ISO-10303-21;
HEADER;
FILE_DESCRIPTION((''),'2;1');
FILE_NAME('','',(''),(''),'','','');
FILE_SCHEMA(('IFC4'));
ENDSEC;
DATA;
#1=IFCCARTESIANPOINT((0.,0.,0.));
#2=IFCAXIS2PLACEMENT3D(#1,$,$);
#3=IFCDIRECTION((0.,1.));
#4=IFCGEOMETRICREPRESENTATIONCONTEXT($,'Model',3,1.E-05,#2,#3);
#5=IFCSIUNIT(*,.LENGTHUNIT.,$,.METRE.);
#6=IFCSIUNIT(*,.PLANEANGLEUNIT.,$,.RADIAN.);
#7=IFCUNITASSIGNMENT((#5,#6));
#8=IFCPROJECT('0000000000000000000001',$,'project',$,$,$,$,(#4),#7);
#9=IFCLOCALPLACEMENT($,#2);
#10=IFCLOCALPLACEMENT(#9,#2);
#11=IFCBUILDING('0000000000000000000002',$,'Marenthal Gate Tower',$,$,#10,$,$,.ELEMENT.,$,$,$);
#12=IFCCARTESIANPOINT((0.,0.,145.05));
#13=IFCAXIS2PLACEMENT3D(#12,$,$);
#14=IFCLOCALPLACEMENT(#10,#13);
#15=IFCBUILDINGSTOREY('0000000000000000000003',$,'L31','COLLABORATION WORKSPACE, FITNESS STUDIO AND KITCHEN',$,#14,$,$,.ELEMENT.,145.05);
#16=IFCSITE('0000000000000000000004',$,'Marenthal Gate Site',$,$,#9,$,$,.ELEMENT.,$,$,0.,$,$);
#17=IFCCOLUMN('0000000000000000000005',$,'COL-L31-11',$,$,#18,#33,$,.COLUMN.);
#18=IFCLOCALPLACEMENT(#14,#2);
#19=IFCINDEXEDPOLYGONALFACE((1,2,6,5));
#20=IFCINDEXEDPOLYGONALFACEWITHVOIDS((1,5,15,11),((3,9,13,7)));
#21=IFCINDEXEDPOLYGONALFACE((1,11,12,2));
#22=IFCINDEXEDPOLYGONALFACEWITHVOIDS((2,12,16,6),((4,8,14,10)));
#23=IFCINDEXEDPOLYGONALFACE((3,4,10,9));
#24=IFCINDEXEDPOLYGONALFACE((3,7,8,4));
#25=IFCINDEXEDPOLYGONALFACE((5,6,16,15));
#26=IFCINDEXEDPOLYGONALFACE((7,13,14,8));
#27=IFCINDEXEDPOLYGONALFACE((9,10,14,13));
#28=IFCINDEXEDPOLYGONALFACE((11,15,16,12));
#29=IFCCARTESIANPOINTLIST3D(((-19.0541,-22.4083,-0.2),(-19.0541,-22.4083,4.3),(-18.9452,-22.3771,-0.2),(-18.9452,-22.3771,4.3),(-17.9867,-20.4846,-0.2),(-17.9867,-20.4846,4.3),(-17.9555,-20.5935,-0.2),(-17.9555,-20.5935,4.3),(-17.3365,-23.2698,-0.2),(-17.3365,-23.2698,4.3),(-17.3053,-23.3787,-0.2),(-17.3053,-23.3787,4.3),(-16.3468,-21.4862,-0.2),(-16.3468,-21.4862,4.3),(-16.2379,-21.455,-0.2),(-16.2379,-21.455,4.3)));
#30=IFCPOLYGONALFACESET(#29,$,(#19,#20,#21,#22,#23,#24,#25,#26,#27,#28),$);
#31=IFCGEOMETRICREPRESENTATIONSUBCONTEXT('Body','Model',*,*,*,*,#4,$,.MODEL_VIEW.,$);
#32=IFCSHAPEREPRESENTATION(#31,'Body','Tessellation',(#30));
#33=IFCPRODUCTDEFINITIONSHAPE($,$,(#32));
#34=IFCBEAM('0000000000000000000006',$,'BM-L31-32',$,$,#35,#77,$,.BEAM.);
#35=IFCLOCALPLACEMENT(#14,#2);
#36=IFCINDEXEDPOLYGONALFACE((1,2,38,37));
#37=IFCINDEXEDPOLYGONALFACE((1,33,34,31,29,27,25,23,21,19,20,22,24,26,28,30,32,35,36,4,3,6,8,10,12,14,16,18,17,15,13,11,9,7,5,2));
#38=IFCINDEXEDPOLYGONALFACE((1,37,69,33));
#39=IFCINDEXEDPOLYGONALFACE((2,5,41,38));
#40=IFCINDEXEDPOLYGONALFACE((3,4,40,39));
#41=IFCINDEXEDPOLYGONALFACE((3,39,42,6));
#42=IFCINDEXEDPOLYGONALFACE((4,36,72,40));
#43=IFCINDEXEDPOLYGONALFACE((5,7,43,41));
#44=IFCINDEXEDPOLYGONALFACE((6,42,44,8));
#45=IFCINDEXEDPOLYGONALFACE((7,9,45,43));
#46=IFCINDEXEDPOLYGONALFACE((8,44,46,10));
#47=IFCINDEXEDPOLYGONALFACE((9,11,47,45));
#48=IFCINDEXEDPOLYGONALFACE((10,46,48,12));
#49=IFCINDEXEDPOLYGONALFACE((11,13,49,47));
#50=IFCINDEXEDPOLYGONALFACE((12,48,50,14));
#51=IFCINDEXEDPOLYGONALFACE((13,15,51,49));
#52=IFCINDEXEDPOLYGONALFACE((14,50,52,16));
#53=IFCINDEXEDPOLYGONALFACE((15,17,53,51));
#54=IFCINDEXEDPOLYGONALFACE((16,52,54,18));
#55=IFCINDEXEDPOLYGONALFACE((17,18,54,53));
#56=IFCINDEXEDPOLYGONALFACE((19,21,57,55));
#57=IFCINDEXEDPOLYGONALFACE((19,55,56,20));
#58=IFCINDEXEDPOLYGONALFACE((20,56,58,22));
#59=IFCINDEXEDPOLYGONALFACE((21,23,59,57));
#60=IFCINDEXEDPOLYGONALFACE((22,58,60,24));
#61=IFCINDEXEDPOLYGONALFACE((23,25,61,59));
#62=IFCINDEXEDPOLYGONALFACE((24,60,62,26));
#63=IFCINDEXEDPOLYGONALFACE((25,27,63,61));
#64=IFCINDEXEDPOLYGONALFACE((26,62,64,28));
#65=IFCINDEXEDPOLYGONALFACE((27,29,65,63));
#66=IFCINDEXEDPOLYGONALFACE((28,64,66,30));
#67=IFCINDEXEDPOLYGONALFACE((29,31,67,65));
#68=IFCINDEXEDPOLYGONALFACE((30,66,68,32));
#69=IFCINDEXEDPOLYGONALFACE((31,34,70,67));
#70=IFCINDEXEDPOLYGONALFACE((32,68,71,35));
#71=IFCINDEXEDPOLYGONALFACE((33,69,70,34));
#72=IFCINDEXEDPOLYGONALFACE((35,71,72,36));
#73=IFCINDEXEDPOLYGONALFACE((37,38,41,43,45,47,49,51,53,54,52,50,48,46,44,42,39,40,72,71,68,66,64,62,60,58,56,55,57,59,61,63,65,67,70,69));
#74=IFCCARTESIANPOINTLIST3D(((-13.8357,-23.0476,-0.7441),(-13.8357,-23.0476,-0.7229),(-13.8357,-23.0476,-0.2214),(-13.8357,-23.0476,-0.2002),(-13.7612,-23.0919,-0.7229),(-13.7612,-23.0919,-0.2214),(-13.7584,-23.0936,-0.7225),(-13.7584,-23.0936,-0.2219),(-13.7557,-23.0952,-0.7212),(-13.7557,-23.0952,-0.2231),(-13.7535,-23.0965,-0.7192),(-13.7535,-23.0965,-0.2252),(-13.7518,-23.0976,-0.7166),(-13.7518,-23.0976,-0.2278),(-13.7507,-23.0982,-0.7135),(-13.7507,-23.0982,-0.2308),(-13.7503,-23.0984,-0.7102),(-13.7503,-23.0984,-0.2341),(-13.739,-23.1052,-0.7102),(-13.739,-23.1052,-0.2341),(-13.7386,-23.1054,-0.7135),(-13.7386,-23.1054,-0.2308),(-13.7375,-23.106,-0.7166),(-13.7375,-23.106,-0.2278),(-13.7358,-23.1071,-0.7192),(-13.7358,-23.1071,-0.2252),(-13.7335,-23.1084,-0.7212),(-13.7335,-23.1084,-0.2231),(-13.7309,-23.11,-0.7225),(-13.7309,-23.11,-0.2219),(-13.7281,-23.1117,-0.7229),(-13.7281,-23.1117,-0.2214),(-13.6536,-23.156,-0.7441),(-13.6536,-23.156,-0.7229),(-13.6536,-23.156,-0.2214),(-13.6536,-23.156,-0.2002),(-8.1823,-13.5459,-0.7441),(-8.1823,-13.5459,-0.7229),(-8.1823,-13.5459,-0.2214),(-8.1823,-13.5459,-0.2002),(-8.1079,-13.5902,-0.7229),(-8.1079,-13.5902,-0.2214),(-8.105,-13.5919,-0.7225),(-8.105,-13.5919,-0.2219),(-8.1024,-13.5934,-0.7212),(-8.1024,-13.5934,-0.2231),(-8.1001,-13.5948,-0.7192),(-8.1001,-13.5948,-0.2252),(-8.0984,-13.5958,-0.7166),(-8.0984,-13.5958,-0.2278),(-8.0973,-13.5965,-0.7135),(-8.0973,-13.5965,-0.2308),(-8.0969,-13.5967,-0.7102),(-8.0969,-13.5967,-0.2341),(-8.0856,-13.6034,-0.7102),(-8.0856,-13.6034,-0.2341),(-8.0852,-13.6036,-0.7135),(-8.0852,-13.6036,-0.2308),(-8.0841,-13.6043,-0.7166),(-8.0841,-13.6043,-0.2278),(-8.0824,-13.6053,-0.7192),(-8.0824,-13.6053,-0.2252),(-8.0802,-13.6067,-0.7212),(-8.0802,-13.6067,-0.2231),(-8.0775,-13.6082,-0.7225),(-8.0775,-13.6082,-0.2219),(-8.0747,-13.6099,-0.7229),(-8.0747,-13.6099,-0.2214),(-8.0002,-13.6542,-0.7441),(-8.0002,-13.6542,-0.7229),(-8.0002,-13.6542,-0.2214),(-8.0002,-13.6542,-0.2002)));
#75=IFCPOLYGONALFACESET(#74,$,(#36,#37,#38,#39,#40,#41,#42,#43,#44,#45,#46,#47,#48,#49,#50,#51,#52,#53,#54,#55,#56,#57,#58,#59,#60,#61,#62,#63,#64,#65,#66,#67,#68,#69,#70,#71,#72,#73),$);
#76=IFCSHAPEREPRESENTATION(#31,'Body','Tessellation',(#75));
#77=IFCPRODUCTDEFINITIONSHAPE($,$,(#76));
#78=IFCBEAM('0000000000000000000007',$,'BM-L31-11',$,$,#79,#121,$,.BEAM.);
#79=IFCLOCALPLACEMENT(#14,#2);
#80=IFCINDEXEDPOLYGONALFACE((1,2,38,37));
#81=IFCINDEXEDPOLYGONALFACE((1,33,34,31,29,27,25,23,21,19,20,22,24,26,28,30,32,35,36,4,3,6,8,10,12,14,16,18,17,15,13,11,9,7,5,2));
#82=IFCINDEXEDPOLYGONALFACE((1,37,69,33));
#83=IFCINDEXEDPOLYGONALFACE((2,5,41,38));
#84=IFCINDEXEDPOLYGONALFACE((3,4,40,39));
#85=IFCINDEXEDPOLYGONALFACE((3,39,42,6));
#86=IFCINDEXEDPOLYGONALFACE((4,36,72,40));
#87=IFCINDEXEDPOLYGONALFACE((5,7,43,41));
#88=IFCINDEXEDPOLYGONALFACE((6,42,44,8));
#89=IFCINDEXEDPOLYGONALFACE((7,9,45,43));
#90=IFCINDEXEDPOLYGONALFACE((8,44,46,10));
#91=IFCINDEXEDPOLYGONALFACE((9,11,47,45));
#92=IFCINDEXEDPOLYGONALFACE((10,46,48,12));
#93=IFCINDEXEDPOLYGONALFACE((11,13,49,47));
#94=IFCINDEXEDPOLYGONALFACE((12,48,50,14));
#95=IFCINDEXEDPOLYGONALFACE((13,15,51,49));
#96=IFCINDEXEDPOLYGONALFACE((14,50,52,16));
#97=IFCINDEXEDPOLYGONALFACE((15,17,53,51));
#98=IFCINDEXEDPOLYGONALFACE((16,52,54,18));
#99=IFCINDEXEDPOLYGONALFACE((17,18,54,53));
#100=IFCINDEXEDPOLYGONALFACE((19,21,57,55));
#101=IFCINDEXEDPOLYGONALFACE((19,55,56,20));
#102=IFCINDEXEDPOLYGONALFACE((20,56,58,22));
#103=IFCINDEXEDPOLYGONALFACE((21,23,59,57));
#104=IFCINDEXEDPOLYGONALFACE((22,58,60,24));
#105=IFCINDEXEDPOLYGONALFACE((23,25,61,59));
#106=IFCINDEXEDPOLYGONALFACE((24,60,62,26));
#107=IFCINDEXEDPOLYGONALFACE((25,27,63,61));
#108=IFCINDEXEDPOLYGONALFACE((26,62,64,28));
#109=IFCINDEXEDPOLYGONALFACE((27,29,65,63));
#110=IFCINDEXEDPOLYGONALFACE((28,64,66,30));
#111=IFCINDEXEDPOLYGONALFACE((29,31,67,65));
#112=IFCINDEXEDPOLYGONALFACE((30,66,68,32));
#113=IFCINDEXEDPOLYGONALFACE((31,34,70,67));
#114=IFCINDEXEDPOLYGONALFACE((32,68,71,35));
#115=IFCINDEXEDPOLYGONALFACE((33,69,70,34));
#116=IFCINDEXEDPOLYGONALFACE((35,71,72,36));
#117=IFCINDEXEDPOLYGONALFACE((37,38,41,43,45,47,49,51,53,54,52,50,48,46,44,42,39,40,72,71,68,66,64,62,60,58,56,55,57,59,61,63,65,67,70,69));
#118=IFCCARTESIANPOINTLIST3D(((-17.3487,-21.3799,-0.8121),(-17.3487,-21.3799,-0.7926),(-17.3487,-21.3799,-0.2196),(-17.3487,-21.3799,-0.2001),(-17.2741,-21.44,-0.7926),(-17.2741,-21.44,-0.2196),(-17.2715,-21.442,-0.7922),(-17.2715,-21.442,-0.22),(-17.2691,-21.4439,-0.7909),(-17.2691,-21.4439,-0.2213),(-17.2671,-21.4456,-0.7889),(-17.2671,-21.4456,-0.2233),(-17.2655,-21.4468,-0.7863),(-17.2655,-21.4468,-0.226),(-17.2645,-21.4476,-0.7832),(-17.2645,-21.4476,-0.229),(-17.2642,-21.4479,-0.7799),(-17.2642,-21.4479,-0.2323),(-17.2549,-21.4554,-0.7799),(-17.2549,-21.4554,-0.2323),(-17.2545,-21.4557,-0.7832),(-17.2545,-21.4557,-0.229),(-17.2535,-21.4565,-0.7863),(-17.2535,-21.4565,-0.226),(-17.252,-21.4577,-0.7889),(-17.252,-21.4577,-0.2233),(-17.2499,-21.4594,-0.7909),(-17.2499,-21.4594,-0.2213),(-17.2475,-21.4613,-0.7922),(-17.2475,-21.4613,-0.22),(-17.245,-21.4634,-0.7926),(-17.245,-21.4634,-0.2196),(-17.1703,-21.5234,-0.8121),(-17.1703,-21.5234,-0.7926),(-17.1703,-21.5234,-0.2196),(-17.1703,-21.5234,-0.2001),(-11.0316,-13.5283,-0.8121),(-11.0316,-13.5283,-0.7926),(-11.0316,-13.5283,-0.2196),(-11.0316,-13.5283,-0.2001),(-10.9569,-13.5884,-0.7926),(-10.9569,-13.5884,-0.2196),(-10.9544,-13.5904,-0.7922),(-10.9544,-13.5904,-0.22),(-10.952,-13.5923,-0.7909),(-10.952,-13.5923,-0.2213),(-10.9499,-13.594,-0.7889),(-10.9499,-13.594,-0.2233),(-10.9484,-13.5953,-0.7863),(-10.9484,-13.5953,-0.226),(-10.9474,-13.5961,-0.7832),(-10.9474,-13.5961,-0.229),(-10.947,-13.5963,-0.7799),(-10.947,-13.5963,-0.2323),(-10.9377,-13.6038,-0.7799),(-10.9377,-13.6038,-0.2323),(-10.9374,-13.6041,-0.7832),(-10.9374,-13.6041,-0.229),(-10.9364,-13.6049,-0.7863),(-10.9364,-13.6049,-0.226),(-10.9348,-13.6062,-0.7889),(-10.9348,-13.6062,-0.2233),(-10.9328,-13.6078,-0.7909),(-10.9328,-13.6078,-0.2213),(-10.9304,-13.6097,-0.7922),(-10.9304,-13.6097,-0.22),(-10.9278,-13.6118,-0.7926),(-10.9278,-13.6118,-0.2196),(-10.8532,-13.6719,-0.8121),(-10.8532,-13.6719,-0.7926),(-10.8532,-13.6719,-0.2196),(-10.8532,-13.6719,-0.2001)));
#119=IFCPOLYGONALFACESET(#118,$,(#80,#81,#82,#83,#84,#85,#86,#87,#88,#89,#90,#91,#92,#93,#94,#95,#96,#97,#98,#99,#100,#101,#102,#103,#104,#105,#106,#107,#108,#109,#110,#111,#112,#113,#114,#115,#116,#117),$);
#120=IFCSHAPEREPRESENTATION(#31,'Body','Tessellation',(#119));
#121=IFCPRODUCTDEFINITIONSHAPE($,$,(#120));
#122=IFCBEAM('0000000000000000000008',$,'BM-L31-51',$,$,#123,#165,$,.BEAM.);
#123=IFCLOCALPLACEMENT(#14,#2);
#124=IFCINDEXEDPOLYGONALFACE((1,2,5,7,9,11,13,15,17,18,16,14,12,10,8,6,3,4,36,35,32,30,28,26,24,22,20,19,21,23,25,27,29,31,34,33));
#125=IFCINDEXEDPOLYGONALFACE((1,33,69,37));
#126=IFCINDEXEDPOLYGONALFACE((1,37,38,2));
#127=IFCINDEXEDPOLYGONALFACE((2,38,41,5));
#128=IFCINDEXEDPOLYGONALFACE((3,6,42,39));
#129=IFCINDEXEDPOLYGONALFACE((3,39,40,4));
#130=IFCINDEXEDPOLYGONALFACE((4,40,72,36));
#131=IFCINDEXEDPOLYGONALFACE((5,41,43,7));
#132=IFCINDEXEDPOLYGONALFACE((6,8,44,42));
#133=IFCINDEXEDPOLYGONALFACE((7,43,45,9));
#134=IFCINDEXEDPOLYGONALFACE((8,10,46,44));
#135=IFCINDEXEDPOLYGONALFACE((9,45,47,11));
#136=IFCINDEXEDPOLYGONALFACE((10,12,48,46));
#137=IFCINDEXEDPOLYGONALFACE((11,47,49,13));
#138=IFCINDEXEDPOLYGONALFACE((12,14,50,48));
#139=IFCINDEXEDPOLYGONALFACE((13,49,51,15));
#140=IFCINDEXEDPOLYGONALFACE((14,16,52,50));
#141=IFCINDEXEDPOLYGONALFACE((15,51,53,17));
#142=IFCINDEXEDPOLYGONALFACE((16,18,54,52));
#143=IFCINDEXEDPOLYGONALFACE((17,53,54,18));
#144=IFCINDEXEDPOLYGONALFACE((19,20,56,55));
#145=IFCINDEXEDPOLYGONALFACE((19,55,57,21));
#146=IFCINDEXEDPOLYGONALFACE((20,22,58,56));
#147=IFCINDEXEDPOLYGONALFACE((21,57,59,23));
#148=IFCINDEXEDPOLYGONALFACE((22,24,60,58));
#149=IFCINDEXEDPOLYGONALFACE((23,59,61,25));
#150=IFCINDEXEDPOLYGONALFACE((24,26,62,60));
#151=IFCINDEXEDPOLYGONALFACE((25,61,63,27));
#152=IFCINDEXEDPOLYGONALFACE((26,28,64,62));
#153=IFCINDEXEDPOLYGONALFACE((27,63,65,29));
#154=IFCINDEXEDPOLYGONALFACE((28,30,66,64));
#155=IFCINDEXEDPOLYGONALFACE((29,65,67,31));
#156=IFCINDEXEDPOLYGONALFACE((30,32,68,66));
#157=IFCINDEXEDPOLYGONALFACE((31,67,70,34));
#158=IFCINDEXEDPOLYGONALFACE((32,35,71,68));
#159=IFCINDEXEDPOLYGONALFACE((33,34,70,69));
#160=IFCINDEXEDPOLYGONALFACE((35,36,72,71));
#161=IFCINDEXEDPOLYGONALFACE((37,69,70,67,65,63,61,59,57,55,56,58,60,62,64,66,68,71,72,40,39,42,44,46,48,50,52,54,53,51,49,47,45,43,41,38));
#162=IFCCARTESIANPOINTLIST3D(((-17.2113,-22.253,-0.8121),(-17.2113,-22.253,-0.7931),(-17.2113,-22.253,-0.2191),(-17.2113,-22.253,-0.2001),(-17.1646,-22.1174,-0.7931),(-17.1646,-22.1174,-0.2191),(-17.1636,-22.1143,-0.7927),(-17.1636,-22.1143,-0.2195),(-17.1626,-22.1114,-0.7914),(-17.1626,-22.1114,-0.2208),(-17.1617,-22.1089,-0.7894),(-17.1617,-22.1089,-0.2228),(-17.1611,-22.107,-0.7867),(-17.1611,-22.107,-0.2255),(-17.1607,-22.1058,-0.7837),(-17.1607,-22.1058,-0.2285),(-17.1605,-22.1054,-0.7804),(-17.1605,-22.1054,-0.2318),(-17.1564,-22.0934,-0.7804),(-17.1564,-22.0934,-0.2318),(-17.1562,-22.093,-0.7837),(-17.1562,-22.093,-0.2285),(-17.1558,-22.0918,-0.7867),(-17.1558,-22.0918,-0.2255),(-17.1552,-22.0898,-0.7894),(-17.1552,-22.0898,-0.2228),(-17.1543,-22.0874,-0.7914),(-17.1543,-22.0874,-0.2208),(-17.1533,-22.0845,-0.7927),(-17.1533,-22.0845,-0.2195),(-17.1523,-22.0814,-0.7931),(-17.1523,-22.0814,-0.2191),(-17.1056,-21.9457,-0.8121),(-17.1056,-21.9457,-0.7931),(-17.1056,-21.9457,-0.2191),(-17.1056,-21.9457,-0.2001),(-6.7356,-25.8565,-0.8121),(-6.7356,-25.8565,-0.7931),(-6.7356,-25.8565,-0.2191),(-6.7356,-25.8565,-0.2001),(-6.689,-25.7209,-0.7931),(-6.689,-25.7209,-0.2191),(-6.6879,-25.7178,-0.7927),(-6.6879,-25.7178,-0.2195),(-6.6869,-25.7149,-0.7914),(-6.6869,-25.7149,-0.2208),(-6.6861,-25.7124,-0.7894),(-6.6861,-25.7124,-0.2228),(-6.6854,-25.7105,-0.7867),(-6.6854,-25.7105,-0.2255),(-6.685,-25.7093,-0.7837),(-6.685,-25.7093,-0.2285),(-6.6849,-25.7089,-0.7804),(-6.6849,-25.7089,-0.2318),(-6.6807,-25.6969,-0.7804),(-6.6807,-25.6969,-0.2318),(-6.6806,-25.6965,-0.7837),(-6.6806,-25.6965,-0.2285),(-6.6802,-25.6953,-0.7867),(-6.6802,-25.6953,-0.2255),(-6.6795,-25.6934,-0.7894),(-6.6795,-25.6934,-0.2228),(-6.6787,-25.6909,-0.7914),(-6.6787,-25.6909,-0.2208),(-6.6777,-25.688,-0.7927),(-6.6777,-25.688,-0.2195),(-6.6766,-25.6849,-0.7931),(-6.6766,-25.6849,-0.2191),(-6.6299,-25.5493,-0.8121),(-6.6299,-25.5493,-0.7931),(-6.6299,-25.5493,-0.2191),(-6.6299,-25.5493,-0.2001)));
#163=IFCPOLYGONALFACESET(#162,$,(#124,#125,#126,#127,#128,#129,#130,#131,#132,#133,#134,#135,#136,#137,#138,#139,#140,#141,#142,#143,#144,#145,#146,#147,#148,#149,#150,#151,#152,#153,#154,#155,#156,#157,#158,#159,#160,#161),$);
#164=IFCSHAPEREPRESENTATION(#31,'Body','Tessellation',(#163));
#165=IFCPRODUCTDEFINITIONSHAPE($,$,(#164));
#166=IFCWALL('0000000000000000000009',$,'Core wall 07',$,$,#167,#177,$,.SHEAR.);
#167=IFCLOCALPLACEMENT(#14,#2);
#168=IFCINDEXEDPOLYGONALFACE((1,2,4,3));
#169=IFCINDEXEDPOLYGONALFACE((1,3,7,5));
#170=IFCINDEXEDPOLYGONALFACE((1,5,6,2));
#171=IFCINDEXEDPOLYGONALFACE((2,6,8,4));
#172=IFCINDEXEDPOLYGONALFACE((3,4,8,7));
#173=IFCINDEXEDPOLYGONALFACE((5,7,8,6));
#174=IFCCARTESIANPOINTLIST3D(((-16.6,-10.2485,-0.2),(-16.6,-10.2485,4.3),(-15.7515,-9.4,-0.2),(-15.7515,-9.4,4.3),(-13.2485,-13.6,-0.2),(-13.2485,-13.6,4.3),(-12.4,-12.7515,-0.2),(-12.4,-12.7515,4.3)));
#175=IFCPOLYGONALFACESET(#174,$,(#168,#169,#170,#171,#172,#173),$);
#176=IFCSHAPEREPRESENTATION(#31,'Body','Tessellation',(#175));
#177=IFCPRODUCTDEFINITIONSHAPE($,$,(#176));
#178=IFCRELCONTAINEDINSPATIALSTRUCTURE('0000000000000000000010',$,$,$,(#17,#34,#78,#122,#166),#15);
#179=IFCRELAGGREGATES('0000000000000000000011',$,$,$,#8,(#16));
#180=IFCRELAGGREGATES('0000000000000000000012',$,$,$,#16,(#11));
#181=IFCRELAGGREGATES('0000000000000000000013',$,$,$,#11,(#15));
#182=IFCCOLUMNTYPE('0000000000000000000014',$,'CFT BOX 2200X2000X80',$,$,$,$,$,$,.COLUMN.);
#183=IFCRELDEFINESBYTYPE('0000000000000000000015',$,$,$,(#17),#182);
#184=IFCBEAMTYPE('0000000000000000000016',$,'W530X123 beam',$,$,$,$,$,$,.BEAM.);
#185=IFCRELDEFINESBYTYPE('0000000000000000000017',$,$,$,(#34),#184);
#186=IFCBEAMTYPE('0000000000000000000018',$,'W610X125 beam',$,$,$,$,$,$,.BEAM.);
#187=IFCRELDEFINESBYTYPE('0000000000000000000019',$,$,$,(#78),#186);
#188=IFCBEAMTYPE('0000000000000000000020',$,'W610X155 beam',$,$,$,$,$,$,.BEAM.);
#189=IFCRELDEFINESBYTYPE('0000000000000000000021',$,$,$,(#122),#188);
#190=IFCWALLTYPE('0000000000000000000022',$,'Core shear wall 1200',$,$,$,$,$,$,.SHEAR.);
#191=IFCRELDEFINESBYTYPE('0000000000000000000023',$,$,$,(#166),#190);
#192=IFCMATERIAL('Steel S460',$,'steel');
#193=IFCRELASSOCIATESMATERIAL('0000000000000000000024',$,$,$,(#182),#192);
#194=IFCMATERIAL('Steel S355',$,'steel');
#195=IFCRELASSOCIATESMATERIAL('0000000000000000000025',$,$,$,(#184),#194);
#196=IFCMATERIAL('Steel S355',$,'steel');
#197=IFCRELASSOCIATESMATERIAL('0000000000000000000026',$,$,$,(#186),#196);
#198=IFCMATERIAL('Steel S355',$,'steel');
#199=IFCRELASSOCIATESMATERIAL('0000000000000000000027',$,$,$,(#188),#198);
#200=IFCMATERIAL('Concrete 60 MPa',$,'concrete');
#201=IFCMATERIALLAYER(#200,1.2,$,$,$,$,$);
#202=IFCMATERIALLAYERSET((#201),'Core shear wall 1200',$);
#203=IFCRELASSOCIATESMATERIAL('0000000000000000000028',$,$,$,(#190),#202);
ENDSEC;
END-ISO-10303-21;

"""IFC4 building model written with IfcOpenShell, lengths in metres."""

from ifc_helpers import new_model, si_unit, direction, frame, frame_2d, origin, origin_2d, place, context, subcontext, project, spatial, rectangle, hollow_rectangle, i_section, extrude, material, layer, layer_set, material_profile, profile_set, type_object, element, save


model = new_model("IFC4")

# Units and contexts
model_context = context("Model", 3, precision=1e-05, world=origin(), true_north=direction((0.0, 1.0)))
body_context = subcontext(model_context, "Body", "Model", "MODEL_VIEW")
ifc_project = project(units=[si_unit("LENGTHUNIT", "METRE"), si_unit("PLANEANGLEUNIT", "RADIAN")], contexts=[model_context])

# Site, building, storey
site_placement = place(None, origin())
site = spatial("IfcSite", under=ifc_project, at=site_placement, Name="Marenthal Gate Site", CompositionType="ELEMENT", RefElevation=0.0)
building_placement = place(site_placement, origin())
building = spatial("IfcBuilding", under=site, at=building_placement, Name="Marenthal Gate Tower", CompositionType="ELEMENT")
storey_placement = place(building_placement, frame((0.0, 0.0, 145.05)))
storey = spatial("IfcBuildingStorey", under=building, at=storey_placement, Name="L31", Description="COLLABORATION WORKSPACE, FITNESS STUDIO AND KITCHEN", CompositionType="ELEMENT", Elevation=145.05)

# Column
ifc_material_1 = material(Name="Steel S460", Category="steel")
ifc_material_profile_1 = material_profile(ifc_material_1, hollow_rectangle(XDim=2.0, YDim=2.2, WallThickness=0.0801, at=origin_2d()), Name="CFT BOX 2200X2000X80")
ifc_material_2 = material(Name="Concrete 70 MPa", Category="concrete")
ifc_material_profile_2 = material_profile(ifc_material_2, rectangle(XDim=1.8401, YDim=2.04, at=origin_2d()), Name="CFT BOX 2200X2000X80 INFILL")
ifc_profile_set_1 = profile_set([ifc_material_profile_1, ifc_material_profile_2], Name="Steel S460 shell, Concrete 70 MPa infill")
column_type = type_object("IfcColumnType", Name="CFT BOX 2200X2000X80", PredefinedType="COLUMN", material=ifc_profile_set_1)
column_placement = place(storey_placement, frame((-17.646, -21.9316, -0.2), z_axis=(0.0, 0.0, 1.0), x_axis=(-0.874403, 0.4852, 0.0)))
element("IfcColumn", 1, at=column_placement, inside=storey, type_object=column_type, Name="COL-L31-11", PredefinedType="COLUMN", context=body_context, shape_type="SweptSolid", body=[
    extrude(hollow_rectangle(XDim=2.0, YDim=2.2, WallThickness=0.0801, at=origin_2d()), origin(), (0.0, 0.0, 1.0), 4.5),
])

# Beams
ifc_material_3 = material(Name="Steel S355", Category="steel")
ifc_material_profile_3 = material_profile(ifc_material_3, i_section(OverallWidth=0.2119, OverallDepth=0.5439, WebThickness=0.0132, FlangeThickness=0.0212, FilletRadius=0.0127, at=origin_2d()), Name="W530X123")
ifc_profile_set_2 = profile_set([ifc_material_profile_3], Name="Steel S355")
beam_type_1 = type_object("IfcBeamType", Name="W530X123 beam", PredefinedType="BEAM", material=ifc_profile_set_2)
beam_1_placement = place(storey_placement, frame((-13.7446, -23.1018, -0.4722), z_axis=(0.51132, 0.859391, 0.0), x_axis=(-0.859391, 0.51132, 0.0)))
element("IfcBeam", 2, at=beam_1_placement, inside=storey, type_object=beam_type_1, Name="BM-L31-32", PredefinedType="BEAM", context=body_context, shape_type="SweptSolid", body=[
    extrude(i_section(OverallWidth=0.2119, OverallDepth=0.5439, WebThickness=0.0132, FlangeThickness=0.0212, FilletRadius=0.0127, at=origin_2d()), origin(), (0.0, 0.0, 1.0), 11.0564),
])
ifc_material_4 = material(Name="Steel S355", Category="steel")
ifc_material_profile_4 = material_profile(ifc_material_4, i_section(OverallWidth=0.229, OverallDepth=0.6121, WebThickness=0.012, FlangeThickness=0.0195, FilletRadius=0.0127, at=origin_2d()), Name="W610X125")
ifc_profile_set_3 = profile_set([ifc_material_profile_4], Name="Steel S355")
beam_type_2 = type_object("IfcBeamType", Name="W610X125 beam", PredefinedType="BEAM", material=ifc_profile_set_3)
beam_2_placement = place(storey_placement, frame((-17.2595, -21.4517, -0.5061), z_axis=(0.626864, 0.779129, 0.0), x_axis=(-0.779129, 0.626864, 0.0)))
element("IfcBeam", 3, at=beam_2_placement, inside=storey, type_object=beam_type_2, Name="BM-L31-11", PredefinedType="BEAM", context=body_context, shape_type="SweptSolid", body=[
    extrude(i_section(OverallWidth=0.229, OverallDepth=0.6121, WebThickness=0.012, FlangeThickness=0.0195, FilletRadius=0.0127, at=origin_2d()), origin(), (0.0, 0.0, 1.0), 10.0774),
])
ifc_material_5 = material(Name="Steel S355", Category="steel")
ifc_material_profile_5 = material_profile(ifc_material_5, i_section(OverallWidth=0.325, OverallDepth=0.6121, WebThickness=0.0127, FlangeThickness=0.019, FilletRadius=0.0127, at=origin_2d()), Name="W610X155")
ifc_profile_set_4 = profile_set([ifc_material_profile_5], Name="Steel S355")
beam_type_3 = type_object("IfcBeamType", Name="W610X155 beam", PredefinedType="BEAM", material=ifc_profile_set_4)
beam_3_placement = place(storey_placement, frame((-17.1584, -22.0994, -0.5061), z_axis=(0.945616, -0.325284, 0.0), x_axis=(0.325284, 0.945616, 0.0)))
element("IfcBeam", 4, at=beam_3_placement, inside=storey, type_object=beam_type_3, Name="BM-L31-51", PredefinedType="BEAM", context=body_context, shape_type="SweptSolid", body=[
    extrude(i_section(OverallWidth=0.325, OverallDepth=0.6121, WebThickness=0.0127, FlangeThickness=0.019, FilletRadius=0.0127, at=origin_2d()), origin(), (0.0, 0.0, 1.0), 11.0781),
])

# Wall
ifc_material_6 = material(Name="Concrete 60 MPa", Category="concrete")
ifc_layer_1 = layer(ifc_material_6, 1.2)
ifc_layer_set_1 = layer_set([ifc_layer_1], Name="Core shear wall 1200")
wall_type_1 = type_object("IfcWallType", Name="Core shear wall 1200", PredefinedType="SHEAR", material=ifc_layer_set_1)
wall_1_placement = place(storey_placement, frame((-16.1758, -9.8242, -0.2), z_axis=(0.0, 0.0, 1.0), x_axis=(0.707107, -0.707107, 0.0)))
element("IfcWall", 5, at=wall_1_placement, inside=storey, type_object=wall_type_1, Name="Core wall 07", PredefinedType="SHEAR", context=body_context, shape_type="SweptSolid", body=[
    extrude(rectangle(XDim=4.7397, YDim=1.2, at=frame_2d((2.3699, 0.0))), origin(), (0.0, 0.0, 1.0), 4.5),
])

save(model, "model.ifc")
